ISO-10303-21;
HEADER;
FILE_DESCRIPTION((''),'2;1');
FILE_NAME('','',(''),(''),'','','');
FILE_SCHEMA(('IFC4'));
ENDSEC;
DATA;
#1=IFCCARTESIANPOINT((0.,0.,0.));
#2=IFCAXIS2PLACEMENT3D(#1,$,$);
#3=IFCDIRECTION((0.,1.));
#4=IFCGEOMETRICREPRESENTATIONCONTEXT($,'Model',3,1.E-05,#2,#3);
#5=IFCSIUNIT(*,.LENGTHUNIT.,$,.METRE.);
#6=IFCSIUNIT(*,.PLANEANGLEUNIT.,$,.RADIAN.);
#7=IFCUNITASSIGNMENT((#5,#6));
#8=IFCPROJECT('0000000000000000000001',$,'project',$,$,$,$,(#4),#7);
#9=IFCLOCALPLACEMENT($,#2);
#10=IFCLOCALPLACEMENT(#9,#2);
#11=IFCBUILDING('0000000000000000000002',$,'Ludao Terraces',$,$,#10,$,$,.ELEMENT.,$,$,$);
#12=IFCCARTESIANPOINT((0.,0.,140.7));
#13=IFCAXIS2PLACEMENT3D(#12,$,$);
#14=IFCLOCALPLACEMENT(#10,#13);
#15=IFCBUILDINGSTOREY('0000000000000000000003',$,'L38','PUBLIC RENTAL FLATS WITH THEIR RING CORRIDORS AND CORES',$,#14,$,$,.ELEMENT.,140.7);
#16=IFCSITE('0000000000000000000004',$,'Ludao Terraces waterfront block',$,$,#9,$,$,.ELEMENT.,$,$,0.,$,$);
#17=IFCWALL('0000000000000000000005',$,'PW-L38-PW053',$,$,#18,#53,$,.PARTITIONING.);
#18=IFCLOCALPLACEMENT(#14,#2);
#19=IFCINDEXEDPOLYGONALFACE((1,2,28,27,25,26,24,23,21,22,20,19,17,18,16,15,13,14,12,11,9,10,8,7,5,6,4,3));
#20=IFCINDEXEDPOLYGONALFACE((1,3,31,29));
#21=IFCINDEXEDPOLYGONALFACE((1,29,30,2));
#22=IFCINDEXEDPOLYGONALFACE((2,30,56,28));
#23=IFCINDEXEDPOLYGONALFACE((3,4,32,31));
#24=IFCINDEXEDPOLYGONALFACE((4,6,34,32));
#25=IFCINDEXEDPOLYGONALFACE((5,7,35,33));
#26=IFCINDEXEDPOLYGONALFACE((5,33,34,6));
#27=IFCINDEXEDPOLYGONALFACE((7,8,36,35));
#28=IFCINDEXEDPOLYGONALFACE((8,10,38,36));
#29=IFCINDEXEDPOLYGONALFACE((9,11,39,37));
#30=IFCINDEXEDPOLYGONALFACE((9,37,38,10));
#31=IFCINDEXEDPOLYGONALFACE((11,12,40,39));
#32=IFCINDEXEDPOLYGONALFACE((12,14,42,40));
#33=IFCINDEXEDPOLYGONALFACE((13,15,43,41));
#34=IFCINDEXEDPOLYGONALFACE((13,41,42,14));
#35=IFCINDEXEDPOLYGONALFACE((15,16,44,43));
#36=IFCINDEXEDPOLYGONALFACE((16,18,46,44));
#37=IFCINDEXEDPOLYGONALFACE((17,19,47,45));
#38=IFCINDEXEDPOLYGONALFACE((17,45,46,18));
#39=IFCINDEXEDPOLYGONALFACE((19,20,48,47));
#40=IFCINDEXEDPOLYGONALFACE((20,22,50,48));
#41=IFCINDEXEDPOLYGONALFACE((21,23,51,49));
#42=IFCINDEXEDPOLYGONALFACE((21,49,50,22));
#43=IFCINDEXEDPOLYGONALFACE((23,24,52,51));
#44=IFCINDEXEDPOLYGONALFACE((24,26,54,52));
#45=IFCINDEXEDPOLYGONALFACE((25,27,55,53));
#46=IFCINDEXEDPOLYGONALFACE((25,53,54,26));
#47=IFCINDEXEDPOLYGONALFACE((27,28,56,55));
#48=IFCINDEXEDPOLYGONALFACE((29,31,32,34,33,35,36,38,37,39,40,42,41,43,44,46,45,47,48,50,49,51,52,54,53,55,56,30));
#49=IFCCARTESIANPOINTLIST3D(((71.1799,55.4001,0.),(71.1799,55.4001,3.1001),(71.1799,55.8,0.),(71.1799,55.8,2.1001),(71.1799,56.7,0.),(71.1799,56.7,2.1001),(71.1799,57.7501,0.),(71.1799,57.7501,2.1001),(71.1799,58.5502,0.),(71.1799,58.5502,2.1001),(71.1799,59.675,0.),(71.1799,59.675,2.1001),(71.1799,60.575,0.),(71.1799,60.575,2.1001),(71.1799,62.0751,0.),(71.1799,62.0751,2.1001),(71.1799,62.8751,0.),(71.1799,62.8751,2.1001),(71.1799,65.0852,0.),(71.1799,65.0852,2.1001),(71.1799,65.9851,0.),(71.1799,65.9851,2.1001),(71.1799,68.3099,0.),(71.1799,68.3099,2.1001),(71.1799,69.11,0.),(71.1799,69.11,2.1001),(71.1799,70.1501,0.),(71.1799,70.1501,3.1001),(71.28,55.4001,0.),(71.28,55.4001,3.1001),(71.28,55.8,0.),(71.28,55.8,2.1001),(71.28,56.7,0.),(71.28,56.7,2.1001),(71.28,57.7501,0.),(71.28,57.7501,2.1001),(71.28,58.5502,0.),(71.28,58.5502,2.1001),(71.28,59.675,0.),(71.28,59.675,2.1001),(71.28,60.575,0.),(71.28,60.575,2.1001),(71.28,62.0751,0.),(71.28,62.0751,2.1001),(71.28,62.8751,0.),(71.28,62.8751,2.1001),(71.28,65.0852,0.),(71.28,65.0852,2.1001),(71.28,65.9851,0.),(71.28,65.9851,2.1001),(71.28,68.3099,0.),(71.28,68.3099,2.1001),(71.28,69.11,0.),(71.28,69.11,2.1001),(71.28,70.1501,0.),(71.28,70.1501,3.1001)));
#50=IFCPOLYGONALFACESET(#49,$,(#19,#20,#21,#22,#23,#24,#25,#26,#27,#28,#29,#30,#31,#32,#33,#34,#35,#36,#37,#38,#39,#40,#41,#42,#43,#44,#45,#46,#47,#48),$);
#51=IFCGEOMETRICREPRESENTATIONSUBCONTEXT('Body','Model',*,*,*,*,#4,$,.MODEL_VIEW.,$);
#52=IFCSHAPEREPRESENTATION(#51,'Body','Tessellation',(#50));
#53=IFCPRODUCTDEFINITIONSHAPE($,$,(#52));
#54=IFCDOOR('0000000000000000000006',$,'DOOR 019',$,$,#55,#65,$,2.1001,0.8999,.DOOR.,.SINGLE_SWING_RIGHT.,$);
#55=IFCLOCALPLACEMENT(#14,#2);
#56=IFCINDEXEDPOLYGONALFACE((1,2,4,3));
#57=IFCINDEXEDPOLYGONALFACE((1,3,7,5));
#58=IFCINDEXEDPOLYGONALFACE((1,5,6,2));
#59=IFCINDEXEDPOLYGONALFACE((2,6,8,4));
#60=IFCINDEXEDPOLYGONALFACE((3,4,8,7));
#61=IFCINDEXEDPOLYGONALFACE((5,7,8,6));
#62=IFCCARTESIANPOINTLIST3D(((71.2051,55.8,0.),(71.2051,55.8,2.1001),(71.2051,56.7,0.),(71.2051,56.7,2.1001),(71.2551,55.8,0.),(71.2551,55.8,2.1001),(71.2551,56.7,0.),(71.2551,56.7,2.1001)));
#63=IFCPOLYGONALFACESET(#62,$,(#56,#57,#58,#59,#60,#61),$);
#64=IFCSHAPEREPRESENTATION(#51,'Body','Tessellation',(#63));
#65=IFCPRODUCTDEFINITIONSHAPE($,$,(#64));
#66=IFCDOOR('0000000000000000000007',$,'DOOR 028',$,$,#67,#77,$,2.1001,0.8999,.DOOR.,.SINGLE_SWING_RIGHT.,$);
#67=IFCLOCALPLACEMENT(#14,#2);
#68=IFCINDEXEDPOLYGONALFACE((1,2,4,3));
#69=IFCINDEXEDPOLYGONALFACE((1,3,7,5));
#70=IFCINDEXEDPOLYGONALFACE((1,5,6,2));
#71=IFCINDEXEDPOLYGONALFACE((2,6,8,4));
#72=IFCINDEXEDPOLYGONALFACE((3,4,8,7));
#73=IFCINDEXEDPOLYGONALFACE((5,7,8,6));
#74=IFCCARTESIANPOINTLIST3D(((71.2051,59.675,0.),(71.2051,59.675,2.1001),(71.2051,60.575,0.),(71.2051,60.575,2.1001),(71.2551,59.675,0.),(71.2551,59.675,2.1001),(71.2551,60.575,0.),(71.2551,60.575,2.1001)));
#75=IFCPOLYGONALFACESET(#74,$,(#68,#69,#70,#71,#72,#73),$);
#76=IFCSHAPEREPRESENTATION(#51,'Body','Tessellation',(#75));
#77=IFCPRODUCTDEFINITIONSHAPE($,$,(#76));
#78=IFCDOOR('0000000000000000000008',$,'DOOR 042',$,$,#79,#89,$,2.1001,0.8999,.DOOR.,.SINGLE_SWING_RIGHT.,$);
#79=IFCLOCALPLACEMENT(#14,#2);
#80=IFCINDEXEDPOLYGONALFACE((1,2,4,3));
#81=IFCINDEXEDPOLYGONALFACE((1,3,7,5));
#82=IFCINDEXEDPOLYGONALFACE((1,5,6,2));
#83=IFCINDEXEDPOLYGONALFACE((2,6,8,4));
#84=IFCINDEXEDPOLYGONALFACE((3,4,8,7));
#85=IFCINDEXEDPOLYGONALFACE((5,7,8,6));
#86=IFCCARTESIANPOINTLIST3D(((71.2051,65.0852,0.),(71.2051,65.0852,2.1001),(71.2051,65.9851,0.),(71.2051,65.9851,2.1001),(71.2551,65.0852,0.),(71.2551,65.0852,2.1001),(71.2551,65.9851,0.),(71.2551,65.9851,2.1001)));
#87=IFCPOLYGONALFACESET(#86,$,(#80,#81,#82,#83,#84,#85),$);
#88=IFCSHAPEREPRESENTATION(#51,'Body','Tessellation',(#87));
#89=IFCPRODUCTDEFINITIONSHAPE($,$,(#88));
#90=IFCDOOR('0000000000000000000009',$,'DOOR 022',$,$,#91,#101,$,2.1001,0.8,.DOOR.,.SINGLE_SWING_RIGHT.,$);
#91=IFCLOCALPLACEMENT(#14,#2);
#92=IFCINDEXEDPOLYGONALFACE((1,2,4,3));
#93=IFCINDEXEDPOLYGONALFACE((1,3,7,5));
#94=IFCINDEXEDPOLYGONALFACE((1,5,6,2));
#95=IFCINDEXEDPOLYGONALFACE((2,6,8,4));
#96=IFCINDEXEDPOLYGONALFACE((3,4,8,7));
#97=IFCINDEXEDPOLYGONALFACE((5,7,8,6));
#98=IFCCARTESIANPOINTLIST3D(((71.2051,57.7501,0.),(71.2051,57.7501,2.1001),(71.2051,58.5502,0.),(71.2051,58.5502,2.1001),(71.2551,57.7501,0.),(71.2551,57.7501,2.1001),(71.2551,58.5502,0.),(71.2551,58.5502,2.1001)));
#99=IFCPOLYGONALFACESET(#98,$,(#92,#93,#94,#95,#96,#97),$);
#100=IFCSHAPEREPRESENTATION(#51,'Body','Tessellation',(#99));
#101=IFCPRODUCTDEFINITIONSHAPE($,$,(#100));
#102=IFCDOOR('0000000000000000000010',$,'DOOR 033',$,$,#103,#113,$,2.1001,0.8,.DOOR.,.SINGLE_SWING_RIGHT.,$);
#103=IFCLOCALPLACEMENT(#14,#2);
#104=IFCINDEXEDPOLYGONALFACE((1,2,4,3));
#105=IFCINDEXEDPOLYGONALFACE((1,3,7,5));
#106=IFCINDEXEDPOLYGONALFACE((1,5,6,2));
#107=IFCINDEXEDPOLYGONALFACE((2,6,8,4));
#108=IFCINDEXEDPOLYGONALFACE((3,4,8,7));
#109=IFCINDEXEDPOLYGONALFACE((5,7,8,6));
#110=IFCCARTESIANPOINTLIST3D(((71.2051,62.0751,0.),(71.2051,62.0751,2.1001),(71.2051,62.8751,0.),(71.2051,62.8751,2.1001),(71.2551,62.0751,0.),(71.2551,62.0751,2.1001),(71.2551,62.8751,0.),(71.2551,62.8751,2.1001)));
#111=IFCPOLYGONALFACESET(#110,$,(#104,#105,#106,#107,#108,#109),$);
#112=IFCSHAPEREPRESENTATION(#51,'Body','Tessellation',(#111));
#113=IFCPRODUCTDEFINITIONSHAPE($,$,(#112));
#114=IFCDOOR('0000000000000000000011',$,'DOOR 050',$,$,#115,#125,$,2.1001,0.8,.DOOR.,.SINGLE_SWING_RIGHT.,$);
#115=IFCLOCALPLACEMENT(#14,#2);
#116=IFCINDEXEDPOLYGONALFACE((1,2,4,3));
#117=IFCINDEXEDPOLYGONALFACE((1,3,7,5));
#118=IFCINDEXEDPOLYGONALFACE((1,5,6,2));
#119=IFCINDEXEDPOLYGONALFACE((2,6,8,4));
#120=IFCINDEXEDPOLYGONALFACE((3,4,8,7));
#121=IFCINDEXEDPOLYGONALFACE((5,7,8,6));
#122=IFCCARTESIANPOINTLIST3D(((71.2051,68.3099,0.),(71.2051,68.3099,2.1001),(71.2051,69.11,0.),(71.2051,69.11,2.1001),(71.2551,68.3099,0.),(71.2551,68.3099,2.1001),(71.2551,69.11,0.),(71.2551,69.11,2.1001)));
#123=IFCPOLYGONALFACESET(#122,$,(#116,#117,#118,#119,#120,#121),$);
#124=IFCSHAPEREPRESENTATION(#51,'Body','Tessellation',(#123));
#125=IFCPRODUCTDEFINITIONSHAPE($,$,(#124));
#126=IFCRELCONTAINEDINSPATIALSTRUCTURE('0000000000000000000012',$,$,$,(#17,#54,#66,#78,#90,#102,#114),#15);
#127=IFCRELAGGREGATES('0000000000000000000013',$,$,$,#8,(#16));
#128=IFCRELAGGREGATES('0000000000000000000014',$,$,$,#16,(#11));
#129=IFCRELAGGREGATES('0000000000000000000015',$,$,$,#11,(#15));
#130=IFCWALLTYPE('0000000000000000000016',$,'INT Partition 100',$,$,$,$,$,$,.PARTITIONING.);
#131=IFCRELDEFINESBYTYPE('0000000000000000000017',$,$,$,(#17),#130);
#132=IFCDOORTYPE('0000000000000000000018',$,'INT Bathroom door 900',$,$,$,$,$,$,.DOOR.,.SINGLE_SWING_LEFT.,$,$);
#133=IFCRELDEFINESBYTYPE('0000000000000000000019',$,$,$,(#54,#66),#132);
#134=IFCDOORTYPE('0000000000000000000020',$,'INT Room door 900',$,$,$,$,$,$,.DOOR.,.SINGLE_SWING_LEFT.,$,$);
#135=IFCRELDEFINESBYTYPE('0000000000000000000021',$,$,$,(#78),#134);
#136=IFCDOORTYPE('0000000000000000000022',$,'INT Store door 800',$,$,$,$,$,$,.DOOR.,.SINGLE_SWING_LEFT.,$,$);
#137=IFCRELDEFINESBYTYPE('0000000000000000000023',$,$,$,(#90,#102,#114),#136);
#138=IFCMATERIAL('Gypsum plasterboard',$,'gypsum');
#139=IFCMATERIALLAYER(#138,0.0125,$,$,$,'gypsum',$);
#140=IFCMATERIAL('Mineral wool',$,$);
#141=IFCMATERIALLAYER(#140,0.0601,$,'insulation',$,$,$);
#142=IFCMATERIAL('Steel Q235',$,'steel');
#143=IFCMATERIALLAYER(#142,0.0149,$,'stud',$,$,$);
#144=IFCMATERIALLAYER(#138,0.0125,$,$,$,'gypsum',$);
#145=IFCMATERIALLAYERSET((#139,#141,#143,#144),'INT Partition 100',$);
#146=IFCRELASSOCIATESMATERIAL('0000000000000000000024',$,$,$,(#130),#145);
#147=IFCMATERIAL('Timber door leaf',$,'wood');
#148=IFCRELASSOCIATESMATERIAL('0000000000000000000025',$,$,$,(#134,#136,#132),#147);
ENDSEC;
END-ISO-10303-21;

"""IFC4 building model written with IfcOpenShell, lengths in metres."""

from ifc_helpers import new_model, si_unit, direction, frame, frame_2d, origin, place, context, subcontext, project, spatial, rectangle, extrude, material, layer, layer_set, type_object, element, fill, save


model = new_model("IFC4")

# Units and contexts
model_context = context("Model", 3, precision=1e-05, world=origin(), true_north=direction((0.0, 1.0)))
body_context = subcontext(model_context, "Body", "Model", "MODEL_VIEW")
ifc_project = project(units=[si_unit("LENGTHUNIT", "METRE"), si_unit("PLANEANGLEUNIT", "RADIAN")], contexts=[model_context])

# Site, building, storey
site_placement = place(None, origin())
site = spatial("IfcSite", under=ifc_project, at=site_placement, Name="Ludao Terraces waterfront block", CompositionType="ELEMENT", RefElevation=0.0)
building_placement = place(site_placement, origin())
building = spatial("IfcBuilding", under=site, at=building_placement, Name="Ludao Terraces", CompositionType="ELEMENT")
storey_placement = place(building_placement, frame((0.0, 0.0, 140.7)))
storey = spatial("IfcBuildingStorey", under=building, at=storey_placement, Name="L38", Description="PUBLIC RENTAL FLATS WITH THEIR RING CORRIDORS AND CORES", CompositionType="ELEMENT", Elevation=140.7)

# Shared definitions
ifc_material_1 = material(Name="Timber door leaf", Category="wood")
ifc_material_2 = material(Name="Steel Q235", Category="steel")

# Shared definitions
ifc_material_3 = material(Name="Gypsum plasterboard", Category="gypsum")
ifc_layer_1 = layer(ifc_material_3, 0.0125, Category="gypsum")
ifc_material_4 = material(Name="Mineral wool")
ifc_layer_2 = layer(ifc_material_4, 0.0601, Name="insulation")
ifc_layer_3 = layer(ifc_material_2, 0.0149, Name="stud")
ifc_layer_4 = layer(ifc_material_3, 0.0125, Category="gypsum")
ifc_layer_set_1 = layer_set([ifc_layer_1, ifc_layer_2, ifc_layer_3, ifc_layer_4], Name="INT Partition 100")
wall_type_1 = type_object("IfcWallType", Name="INT Partition 100", PredefinedType="PARTITIONING", material=ifc_layer_set_1)

# Wall, openings, doors
door_type_1 = type_object("IfcDoorType", Name="INT Room door 900", OperationType="SINGLE_SWING_LEFT", PredefinedType="DOOR", material=ifc_material_1)
door_type_2 = type_object("IfcDoorType", Name="INT Store door 800", OperationType="SINGLE_SWING_LEFT", PredefinedType="DOOR", material=ifc_material_1)
wall_1_placement = place(storey_placement, frame((71.23, 55.4001, 0.0), z_axis=(0.0, 0.0, 1.0), x_axis=(0.0, 1.0, 0.0)))
wall_1 = element("IfcWall", 1, at=wall_1_placement, inside=storey, type_object=wall_type_1, Name="PW-L38-PW053", PredefinedType="PARTITIONING", context=body_context, shape_type="SweptSolid", body=[
    extrude(rectangle(XDim=14.75, YDim=0.1001, at=frame_2d((7.375, 0.0))), origin(), (0.0, 0.0, 1.0), 3.1001),
])
opening_1_placement = place(wall_1_placement, frame((0.3999, 0.0, 0.0)))
opening_1 = element("IfcOpeningElement", 2, at=opening_1_placement, cuts=wall_1, PredefinedType="OPENING", context=body_context, shape_type="SweptSolid", body=[
    extrude(rectangle(XDim=0.8999, YDim=2.1001, at=frame_2d((0.45, 1.05))), frame((0.0, 0.0601, 0.0), z_axis=(0.0, -1.0, 0.0), x_axis=(1.0, 0.0, 0.0)), (0.0, 0.0, 1.0), 0.1201),
])
opening_2_placement = place(wall_1_placement, frame((2.3501, 0.0, 0.0)))
opening_2 = element("IfcOpeningElement", 3, at=opening_2_placement, cuts=wall_1, PredefinedType="OPENING", context=body_context, shape_type="SweptSolid", body=[
    extrude(rectangle(XDim=0.8, YDim=2.1001, at=frame_2d((0.3999, 1.05))), frame((0.0, 0.0601, 0.0), z_axis=(0.0, -1.0, 0.0), x_axis=(1.0, 0.0, 0.0)), (0.0, 0.0, 1.0), 0.1201),
])
opening_3_placement = place(wall_1_placement, frame((4.2749, 0.0, 0.0)))
opening_3 = element("IfcOpeningElement", 4, at=opening_3_placement, cuts=wall_1, PredefinedType="OPENING", context=body_context, shape_type="SweptSolid", body=[
    extrude(rectangle(XDim=0.8999, YDim=2.1001, at=frame_2d((0.45, 1.05))), frame((0.0, 0.0601, 0.0), z_axis=(0.0, -1.0, 0.0), x_axis=(1.0, 0.0, 0.0)), (0.0, 0.0, 1.0), 0.1201),
])
opening_4_placement = place(wall_1_placement, frame((6.675, 0.0, 0.0)))
opening_4 = element("IfcOpeningElement", 5, at=opening_4_placement, cuts=wall_1, PredefinedType="OPENING", context=body_context, shape_type="SweptSolid", body=[
    extrude(rectangle(XDim=0.8, YDim=2.1001, at=frame_2d((0.3999, 1.05))), frame((0.0, 0.0601, 0.0), z_axis=(0.0, -1.0, 0.0), x_axis=(1.0, 0.0, 0.0)), (0.0, 0.0, 1.0), 0.1201),
])
opening_5_placement = place(wall_1_placement, frame((9.6851, 0.0, 0.0)))
opening_5 = element("IfcOpeningElement", 6, at=opening_5_placement, cuts=wall_1, PredefinedType="OPENING", context=body_context, shape_type="SweptSolid", body=[
    extrude(rectangle(XDim=0.8999, YDim=2.1001, at=frame_2d((0.45, 1.05))), frame((0.0, 0.0601, 0.0), z_axis=(0.0, -1.0, 0.0), x_axis=(1.0, 0.0, 0.0)), (0.0, 0.0, 1.0), 0.1201),
])
opening_6_placement = place(wall_1_placement, frame((12.9099, 0.0, 0.0)))
opening_6 = element("IfcOpeningElement", 7, at=opening_6_placement, cuts=wall_1, PredefinedType="OPENING", context=body_context, shape_type="SweptSolid", body=[
    extrude(rectangle(XDim=0.8, YDim=2.1001, at=frame_2d((0.3999, 1.05))), frame((0.0, 0.0601, 0.0), z_axis=(0.0, -1.0, 0.0), x_axis=(1.0, 0.0, 0.0)), (0.0, 0.0, 1.0), 0.1201),
])
door_type_3 = type_object("IfcDoorType", Name="INT Bathroom door 900", OperationType="SINGLE_SWING_LEFT", PredefinedType="DOOR", material=ifc_material_1)
door_1_placement = place(opening_1_placement, origin())
door_1 = element("IfcDoor", 8, at=door_1_placement, inside=storey, type_object=door_type_3, Name="DOOR 019", OperationType="SINGLE_SWING_RIGHT", OverallHeight=2.1001, OverallWidth=0.8999, PredefinedType="DOOR", context=body_context, shape_type="SweptSolid", body=[
    extrude(rectangle(XDim=0.8999, YDim=2.1001, at=frame_2d((0.45, 1.05))), frame((0.0, 0.0249, 0.0), z_axis=(0.0, -1.0, 0.0), x_axis=(1.0, 0.0, 0.0)), (0.0, 0.0, 1.0), 0.05),
])
fill(opening_1, door_1)
door_2_placement = place(opening_3_placement, origin())
door_2 = element("IfcDoor", 9, at=door_2_placement, inside=storey, type_object=door_type_3, Name="DOOR 028", OperationType="SINGLE_SWING_RIGHT", OverallHeight=2.1001, OverallWidth=0.8999, PredefinedType="DOOR", context=body_context, shape_type="SweptSolid", body=[
    extrude(rectangle(XDim=0.8999, YDim=2.1001, at=frame_2d((0.45, 1.05))), frame((0.0, 0.0249, 0.0), z_axis=(0.0, -1.0, 0.0), x_axis=(1.0, 0.0, 0.0)), (0.0, 0.0, 1.0), 0.05),
])
fill(opening_3, door_2)
door_3_placement = place(opening_5_placement, origin())
door_3 = element("IfcDoor", 10, at=door_3_placement, inside=storey, type_object=door_type_1, Name="DOOR 042", OperationType="SINGLE_SWING_RIGHT", OverallHeight=2.1001, OverallWidth=0.8999, PredefinedType="DOOR", context=body_context, shape_type="SweptSolid", body=[
    extrude(rectangle(XDim=0.8999, YDim=2.1001, at=frame_2d((0.45, 1.05))), frame((0.0, 0.0249, 0.0), z_axis=(0.0, -1.0, 0.0), x_axis=(1.0, 0.0, 0.0)), (0.0, 0.0, 1.0), 0.05),
])
fill(opening_5, door_3)
door_4_placement = place(opening_2_placement, origin())
door_4 = element("IfcDoor", 11, at=door_4_placement, inside=storey, type_object=door_type_2, Name="DOOR 022", OperationType="SINGLE_SWING_RIGHT", OverallHeight=2.1001, OverallWidth=0.8, PredefinedType="DOOR", context=body_context, shape_type="SweptSolid", body=[
    extrude(rectangle(XDim=0.8, YDim=2.1001, at=frame_2d((0.3999, 1.05))), frame((0.0, 0.0249, 0.0), z_axis=(0.0, -1.0, 0.0), x_axis=(1.0, 0.0, 0.0)), (0.0, 0.0, 1.0), 0.05),
])
fill(opening_2, door_4)
door_5_placement = place(opening_4_placement, origin())
door_5 = element("IfcDoor", 12, at=door_5_placement, inside=storey, type_object=door_type_2, Name="DOOR 033", OperationType="SINGLE_SWING_RIGHT", OverallHeight=2.1001, OverallWidth=0.8, PredefinedType="DOOR", context=body_context, shape_type="SweptSolid", body=[
    extrude(rectangle(XDim=0.8, YDim=2.1001, at=frame_2d((0.3999, 1.05))), frame((0.0, 0.0249, 0.0), z_axis=(0.0, -1.0, 0.0), x_axis=(1.0, 0.0, 0.0)), (0.0, 0.0, 1.0), 0.05),
])
fill(opening_4, door_5)
door_6_placement = place(opening_6_placement, origin())
door_6 = element("IfcDoor", 13, at=door_6_placement, inside=storey, type_object=door_type_2, Name="DOOR 050", OperationType="SINGLE_SWING_RIGHT", OverallHeight=2.1001, OverallWidth=0.8, PredefinedType="DOOR", context=body_context, shape_type="SweptSolid", body=[
    extrude(rectangle(XDim=0.8, YDim=2.1001, at=frame_2d((0.3999, 1.05))), frame((0.0, 0.0249, 0.0), z_axis=(0.0, -1.0, 0.0), x_axis=(1.0, 0.0, 0.0)), (0.0, 0.0, 1.0), 0.05),
])
fill(opening_6, door_6)

save(model, "model.ifc")
